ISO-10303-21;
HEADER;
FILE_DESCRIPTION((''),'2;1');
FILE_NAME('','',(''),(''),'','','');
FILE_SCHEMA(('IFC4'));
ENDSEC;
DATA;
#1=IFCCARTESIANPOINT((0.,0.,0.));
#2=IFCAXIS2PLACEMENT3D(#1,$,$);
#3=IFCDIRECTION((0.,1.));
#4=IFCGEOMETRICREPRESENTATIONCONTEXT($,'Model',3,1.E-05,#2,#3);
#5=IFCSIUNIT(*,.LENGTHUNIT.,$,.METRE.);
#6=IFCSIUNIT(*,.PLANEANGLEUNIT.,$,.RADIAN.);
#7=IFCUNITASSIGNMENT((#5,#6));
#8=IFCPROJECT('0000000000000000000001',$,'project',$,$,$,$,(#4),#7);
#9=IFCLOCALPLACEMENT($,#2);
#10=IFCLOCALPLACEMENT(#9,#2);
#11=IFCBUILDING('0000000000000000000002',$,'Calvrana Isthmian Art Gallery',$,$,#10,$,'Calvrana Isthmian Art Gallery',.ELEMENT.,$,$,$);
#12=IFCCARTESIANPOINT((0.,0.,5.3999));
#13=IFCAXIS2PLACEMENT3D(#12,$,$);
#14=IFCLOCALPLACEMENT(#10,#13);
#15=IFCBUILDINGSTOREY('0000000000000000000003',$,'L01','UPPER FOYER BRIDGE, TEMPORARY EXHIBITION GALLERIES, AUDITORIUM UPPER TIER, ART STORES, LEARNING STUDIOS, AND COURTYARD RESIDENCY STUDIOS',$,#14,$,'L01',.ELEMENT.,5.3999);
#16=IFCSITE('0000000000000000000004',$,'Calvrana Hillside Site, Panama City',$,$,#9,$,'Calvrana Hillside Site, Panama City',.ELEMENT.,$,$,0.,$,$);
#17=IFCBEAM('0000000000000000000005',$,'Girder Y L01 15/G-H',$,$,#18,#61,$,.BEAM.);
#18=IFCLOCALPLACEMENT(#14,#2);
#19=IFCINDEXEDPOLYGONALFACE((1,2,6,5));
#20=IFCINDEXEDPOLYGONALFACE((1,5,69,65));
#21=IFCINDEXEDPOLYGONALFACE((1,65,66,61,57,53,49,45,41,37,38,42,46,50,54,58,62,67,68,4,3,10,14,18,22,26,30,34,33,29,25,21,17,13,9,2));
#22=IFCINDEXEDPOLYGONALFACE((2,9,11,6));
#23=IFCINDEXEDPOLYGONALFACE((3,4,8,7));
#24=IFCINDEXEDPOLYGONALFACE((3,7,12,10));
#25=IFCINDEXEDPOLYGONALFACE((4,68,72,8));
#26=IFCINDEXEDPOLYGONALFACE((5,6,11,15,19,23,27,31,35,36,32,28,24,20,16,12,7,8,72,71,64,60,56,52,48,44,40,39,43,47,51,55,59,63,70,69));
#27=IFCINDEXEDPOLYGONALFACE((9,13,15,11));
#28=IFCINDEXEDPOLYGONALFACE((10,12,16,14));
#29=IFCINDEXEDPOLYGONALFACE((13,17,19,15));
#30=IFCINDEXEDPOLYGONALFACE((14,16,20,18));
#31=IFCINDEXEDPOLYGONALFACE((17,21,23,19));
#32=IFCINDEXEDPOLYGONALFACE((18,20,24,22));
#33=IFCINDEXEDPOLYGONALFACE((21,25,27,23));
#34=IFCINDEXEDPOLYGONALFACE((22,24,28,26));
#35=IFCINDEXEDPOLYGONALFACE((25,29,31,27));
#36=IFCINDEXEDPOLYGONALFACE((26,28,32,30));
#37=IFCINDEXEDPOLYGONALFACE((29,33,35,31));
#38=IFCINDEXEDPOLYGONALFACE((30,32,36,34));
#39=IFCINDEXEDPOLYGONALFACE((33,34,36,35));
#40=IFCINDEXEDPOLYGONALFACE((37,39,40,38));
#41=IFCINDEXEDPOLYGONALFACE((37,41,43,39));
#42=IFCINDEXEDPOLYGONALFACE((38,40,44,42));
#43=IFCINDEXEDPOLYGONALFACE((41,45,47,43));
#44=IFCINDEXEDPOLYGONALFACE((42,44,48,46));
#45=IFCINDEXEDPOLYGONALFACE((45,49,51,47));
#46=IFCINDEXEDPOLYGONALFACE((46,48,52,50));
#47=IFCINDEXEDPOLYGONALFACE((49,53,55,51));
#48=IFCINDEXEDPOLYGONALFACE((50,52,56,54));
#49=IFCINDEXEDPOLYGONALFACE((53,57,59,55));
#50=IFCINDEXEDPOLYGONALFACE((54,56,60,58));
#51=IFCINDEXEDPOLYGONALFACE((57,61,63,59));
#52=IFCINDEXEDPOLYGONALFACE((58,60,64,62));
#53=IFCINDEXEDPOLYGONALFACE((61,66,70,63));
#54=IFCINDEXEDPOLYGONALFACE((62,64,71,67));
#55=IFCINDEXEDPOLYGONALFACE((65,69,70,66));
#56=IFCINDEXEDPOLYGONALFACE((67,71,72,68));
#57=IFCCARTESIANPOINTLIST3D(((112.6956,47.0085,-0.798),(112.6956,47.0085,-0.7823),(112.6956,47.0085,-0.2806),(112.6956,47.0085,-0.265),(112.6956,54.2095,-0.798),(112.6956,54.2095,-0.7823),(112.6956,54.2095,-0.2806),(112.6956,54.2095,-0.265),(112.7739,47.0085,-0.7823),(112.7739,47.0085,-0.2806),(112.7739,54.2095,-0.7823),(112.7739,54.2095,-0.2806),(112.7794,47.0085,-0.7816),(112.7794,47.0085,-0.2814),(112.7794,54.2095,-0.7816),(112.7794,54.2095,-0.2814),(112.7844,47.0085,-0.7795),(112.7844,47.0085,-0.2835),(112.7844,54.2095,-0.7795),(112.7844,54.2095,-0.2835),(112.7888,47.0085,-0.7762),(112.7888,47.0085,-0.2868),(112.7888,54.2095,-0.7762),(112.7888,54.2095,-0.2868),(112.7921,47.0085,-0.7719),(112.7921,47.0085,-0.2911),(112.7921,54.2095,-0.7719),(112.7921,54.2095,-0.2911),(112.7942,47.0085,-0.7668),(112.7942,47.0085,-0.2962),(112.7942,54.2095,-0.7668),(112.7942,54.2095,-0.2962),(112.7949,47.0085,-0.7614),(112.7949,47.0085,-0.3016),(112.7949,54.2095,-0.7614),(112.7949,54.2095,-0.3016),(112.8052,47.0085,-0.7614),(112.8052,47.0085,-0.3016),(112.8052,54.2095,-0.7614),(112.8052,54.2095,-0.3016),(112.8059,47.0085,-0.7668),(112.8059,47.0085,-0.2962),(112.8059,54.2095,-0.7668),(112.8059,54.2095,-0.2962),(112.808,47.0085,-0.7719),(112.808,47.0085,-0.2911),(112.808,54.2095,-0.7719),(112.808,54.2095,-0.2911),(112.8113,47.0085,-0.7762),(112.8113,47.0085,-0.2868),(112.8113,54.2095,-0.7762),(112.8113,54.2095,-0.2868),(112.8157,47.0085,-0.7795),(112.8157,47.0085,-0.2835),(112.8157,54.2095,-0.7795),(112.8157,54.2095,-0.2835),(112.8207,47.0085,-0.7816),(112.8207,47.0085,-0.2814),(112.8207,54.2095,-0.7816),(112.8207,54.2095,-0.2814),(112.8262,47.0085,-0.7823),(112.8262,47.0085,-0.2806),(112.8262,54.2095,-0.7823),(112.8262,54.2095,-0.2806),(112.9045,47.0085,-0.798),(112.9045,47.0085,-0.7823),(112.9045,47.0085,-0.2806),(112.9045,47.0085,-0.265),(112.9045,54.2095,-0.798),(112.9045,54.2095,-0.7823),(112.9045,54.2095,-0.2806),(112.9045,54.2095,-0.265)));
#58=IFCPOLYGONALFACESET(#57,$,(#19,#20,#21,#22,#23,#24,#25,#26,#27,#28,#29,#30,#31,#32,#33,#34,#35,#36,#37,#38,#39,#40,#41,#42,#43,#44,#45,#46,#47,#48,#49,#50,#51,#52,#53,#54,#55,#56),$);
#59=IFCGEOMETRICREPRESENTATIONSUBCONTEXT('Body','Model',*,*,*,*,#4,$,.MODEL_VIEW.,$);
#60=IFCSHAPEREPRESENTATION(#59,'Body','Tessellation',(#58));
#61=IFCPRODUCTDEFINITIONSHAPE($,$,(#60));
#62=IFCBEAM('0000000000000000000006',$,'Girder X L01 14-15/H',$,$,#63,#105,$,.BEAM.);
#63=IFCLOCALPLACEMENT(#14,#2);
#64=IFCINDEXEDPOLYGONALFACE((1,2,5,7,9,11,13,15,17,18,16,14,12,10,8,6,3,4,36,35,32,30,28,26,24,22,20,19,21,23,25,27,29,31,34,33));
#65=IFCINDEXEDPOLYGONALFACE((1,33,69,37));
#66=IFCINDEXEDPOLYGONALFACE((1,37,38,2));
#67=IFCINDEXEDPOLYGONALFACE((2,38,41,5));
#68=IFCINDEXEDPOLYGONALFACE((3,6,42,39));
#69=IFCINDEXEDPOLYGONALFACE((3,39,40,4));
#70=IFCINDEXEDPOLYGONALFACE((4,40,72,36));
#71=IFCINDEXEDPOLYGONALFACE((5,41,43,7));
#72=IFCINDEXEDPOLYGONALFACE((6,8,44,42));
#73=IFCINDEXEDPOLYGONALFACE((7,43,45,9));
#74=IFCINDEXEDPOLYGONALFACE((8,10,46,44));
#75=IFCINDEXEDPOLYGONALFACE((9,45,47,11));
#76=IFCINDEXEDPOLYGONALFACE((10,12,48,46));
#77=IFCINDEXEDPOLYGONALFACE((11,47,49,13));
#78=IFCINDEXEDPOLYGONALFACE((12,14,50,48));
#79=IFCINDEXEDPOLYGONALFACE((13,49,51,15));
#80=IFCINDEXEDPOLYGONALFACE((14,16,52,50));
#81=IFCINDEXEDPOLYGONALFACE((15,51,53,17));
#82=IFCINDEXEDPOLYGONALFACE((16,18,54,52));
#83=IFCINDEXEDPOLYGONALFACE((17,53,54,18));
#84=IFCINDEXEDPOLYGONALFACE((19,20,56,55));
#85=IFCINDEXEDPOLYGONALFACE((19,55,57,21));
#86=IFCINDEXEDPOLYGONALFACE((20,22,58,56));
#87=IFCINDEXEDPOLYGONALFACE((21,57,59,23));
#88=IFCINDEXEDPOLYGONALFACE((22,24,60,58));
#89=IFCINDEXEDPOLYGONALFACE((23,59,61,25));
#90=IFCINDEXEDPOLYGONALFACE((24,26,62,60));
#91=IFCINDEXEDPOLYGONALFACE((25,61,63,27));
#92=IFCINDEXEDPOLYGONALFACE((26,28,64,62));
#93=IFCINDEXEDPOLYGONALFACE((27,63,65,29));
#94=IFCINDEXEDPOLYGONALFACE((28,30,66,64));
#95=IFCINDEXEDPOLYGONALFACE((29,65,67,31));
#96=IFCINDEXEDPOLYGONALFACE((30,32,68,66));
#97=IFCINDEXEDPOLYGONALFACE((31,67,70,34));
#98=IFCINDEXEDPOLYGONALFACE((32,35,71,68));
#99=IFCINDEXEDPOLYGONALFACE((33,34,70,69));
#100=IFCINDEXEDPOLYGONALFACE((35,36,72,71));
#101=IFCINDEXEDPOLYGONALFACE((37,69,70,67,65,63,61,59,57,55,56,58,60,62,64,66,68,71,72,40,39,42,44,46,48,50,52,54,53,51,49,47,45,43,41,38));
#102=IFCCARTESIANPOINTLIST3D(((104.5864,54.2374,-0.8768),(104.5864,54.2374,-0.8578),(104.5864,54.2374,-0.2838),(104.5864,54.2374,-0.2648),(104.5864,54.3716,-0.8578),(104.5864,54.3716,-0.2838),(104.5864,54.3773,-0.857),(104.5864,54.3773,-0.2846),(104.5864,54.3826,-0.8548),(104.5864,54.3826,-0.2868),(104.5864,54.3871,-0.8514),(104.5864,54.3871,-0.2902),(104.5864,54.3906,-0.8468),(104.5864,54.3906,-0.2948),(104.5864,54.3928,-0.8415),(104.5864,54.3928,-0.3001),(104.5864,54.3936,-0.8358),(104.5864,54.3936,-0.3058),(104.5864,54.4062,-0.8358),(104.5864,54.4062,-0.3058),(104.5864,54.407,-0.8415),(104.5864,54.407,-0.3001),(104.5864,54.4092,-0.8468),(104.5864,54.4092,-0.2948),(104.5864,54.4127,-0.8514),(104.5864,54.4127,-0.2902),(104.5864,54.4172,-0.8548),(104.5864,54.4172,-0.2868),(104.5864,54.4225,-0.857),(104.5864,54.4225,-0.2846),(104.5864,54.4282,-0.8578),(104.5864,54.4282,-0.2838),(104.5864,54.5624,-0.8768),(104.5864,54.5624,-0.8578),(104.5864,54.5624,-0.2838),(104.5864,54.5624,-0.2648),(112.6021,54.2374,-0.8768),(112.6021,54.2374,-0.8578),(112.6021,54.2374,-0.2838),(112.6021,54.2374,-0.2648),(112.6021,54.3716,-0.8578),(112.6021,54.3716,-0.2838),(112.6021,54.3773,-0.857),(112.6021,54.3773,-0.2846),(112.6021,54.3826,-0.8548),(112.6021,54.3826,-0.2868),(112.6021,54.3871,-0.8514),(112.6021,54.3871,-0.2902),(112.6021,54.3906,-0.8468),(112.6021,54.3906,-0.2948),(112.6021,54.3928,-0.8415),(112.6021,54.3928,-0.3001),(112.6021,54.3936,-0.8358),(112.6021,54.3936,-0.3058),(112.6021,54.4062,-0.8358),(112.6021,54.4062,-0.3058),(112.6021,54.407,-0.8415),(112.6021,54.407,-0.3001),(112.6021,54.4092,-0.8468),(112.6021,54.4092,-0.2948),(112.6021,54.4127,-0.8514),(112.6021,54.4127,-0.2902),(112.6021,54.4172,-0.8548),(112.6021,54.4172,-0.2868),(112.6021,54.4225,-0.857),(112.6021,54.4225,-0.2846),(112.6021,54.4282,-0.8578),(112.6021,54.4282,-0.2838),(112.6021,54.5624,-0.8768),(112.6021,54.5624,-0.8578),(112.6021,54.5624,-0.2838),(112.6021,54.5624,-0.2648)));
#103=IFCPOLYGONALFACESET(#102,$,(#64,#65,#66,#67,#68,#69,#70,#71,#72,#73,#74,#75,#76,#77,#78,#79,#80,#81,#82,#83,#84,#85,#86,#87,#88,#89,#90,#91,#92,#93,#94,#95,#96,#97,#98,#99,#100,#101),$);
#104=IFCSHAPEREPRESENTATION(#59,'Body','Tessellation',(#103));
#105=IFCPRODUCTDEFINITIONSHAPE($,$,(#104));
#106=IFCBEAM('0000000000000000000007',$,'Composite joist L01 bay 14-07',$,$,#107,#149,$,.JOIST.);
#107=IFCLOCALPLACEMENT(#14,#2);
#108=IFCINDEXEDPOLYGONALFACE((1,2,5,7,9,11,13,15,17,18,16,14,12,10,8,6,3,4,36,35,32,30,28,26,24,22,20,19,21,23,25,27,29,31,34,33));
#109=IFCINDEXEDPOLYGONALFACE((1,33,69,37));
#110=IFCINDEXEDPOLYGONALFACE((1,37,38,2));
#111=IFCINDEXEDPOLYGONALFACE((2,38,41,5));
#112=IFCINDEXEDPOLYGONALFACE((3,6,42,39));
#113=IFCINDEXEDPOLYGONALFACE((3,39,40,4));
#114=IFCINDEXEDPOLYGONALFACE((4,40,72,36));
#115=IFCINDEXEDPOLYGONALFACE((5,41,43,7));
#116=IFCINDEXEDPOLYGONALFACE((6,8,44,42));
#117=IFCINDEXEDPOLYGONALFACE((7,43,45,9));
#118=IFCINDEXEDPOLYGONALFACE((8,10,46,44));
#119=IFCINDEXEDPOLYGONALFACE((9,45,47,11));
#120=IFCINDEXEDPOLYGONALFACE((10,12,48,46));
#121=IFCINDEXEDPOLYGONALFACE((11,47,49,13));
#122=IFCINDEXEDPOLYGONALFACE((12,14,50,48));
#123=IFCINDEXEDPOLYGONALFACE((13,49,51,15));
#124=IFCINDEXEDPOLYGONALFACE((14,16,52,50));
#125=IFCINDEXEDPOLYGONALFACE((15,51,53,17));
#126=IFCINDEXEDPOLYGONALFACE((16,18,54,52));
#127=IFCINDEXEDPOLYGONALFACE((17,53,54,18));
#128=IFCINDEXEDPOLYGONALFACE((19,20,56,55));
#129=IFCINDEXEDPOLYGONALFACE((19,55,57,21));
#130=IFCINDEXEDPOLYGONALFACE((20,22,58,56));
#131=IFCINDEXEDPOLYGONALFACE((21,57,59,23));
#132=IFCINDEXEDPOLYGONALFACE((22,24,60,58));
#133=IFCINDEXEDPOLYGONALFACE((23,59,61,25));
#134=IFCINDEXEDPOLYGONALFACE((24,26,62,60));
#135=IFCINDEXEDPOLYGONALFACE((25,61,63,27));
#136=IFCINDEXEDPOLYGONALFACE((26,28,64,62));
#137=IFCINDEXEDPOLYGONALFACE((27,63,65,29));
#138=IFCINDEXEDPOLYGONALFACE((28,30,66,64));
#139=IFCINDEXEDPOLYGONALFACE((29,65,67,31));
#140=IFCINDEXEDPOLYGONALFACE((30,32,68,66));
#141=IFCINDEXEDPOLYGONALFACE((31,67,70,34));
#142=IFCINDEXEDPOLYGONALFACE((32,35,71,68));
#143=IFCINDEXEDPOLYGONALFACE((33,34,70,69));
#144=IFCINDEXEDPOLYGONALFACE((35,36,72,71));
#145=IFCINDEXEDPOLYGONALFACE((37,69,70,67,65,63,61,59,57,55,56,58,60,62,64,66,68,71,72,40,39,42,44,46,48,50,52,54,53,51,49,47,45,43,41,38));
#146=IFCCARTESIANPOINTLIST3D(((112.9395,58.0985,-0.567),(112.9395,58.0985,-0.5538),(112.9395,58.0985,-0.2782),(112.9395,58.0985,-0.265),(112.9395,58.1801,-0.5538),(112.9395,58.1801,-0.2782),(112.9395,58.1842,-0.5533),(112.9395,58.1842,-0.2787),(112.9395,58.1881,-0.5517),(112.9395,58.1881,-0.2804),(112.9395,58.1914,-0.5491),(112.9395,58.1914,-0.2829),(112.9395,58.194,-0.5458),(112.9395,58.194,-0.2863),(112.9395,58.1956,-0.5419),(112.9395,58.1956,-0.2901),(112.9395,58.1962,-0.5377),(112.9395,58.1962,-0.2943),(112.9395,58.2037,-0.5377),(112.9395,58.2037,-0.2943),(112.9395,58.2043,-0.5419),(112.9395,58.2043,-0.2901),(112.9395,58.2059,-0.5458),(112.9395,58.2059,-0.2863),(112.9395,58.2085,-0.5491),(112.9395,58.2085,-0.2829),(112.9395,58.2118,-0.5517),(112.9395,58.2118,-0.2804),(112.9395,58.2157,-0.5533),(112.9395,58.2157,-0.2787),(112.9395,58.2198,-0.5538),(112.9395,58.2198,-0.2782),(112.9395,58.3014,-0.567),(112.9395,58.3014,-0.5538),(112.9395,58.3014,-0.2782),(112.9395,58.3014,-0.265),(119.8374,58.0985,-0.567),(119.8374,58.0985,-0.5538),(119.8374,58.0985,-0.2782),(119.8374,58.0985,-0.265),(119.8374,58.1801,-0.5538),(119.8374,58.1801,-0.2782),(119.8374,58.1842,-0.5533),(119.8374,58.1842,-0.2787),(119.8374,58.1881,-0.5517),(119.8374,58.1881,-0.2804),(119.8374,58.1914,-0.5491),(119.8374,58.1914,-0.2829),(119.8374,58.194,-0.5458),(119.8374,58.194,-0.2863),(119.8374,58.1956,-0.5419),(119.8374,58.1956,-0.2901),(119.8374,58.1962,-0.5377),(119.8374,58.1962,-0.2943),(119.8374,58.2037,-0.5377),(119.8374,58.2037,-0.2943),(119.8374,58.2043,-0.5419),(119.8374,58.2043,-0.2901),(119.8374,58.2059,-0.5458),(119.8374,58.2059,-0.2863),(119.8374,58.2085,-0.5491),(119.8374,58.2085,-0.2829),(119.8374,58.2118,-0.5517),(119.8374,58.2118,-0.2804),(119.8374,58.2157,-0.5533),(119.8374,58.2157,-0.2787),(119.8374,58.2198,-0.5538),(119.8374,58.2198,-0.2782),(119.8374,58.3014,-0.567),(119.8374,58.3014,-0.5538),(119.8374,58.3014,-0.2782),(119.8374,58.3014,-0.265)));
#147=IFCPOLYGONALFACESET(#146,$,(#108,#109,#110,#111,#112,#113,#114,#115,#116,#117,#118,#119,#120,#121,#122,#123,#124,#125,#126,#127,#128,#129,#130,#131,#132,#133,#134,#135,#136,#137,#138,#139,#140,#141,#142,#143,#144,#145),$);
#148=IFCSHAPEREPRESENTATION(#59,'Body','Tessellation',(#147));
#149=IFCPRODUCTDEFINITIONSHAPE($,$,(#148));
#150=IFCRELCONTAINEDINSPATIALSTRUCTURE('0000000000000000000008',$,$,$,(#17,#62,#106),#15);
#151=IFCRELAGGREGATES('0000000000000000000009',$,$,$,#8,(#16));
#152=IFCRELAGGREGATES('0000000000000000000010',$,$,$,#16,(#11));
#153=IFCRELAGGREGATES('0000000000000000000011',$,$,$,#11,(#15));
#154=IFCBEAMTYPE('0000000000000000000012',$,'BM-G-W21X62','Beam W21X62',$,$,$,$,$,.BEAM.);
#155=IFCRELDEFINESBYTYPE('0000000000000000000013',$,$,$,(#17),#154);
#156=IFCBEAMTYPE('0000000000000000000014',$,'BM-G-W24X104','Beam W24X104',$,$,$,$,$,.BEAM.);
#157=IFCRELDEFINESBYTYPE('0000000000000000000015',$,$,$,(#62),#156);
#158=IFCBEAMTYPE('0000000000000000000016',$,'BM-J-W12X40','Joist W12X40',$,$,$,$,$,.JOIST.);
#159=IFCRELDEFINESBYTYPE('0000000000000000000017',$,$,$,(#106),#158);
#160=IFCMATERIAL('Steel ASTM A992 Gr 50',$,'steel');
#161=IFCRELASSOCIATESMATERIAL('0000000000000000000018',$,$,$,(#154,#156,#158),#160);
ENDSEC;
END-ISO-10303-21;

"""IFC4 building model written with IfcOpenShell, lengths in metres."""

from ifc_helpers import new_model, si_unit, direction, frame, origin, origin_2d, place, context, subcontext, project, spatial, i_section, extrude, material, material_profile, profile_set, type_object, element, save


model = new_model("IFC4")

# Units and contexts
model_context = context("Model", 3, precision=1e-05, world=origin(), true_north=direction((0.0, 1.0)))
body_context = subcontext(model_context, "Body", "Model", "MODEL_VIEW")
ifc_project = project(units=[si_unit("LENGTHUNIT", "METRE"), si_unit("PLANEANGLEUNIT", "RADIAN")], contexts=[model_context])

# Site, building, storey
site_placement = place(None, origin())
site = spatial("IfcSite", under=ifc_project, at=site_placement, Name="Calvrana Hillside Site, Panama City", LongName="Calvrana Hillside Site, Panama City", CompositionType="ELEMENT", RefElevation=0.0)
building_placement = place(site_placement, origin())
building = spatial("IfcBuilding", under=site, at=building_placement, Name="Calvrana Isthmian Art Gallery", LongName="Calvrana Isthmian Art Gallery", CompositionType="ELEMENT")
storey_placement = place(building_placement, frame((0.0, 0.0, 5.3999)))
storey = spatial("IfcBuildingStorey", under=building, at=storey_placement, Name="L01", Description="UPPER FOYER BRIDGE, TEMPORARY EXHIBITION GALLERIES, AUDITORIUM UPPER TIER, ART STORES, LEARNING STUDIOS, AND COURTYARD RESIDENCY STUDIOS", LongName="L01", CompositionType="ELEMENT", Elevation=5.3999)

# Shared definitions
ifc_material_1 = material(Name="Steel ASTM A992 Gr 50", Category="steel")

# Beams
ifc_material_profile_1 = material_profile(ifc_material_1, i_section(OverallWidth=0.209, OverallDepth=0.533, WebThickness=0.0103, FlangeThickness=0.0156, FilletRadius=0.021, at=origin_2d()), Name="W21X62")
ifc_profile_set_1 = profile_set([ifc_material_profile_1], Name="Steel ASTM A992 Gr 50")
beam_type_1 = type_object("IfcBeamType", Name="BM-G-W21X62", Description="Beam W21X62", PredefinedType="BEAM", material=ifc_profile_set_1)
beam_1_placement = place(storey_placement, frame((112.8, 47.0085, -0.5315), z_axis=(0.0, 1.0, 0.0), x_axis=(-1.0, 0.0, 0.0)))
element("IfcBeam", 1, at=beam_1_placement, inside=storey, type_object=beam_type_1, Name="Girder Y L01 15/G-H", PredefinedType="BEAM", context=body_context, shape_type="SweptSolid", body=[
    extrude(i_section(OverallWidth=0.209, OverallDepth=0.533, WebThickness=0.0103, FlangeThickness=0.0156, FilletRadius=0.021, at=origin_2d()), origin(), (0.0, 0.0, 1.0), 7.2009),
])
ifc_material_profile_2 = material_profile(ifc_material_1, i_section(OverallWidth=0.325, OverallDepth=0.6121, WebThickness=0.0127, FlangeThickness=0.019, FilletRadius=0.022, at=origin_2d()), Name="W24X104")
ifc_profile_set_2 = profile_set([ifc_material_profile_2], Name="Steel ASTM A992 Gr 50")
beam_type_2 = type_object("IfcBeamType", Name="BM-G-W24X104", Description="Beam W24X104", PredefinedType="BEAM", material=ifc_profile_set_2)
beam_2_placement = place(storey_placement, frame((104.5864, 54.3999, -0.5708), z_axis=(1.0, 0.0, 0.0), x_axis=(0.0, 1.0, 0.0)))
element("IfcBeam", 2, at=beam_2_placement, inside=storey, type_object=beam_type_2, Name="Girder X L01 14-15/H", PredefinedType="BEAM", context=body_context, shape_type="SweptSolid", body=[
    extrude(i_section(OverallWidth=0.325, OverallDepth=0.6121, WebThickness=0.0127, FlangeThickness=0.019, FilletRadius=0.022, at=origin_2d()), origin(), (0.0, 0.0, 1.0), 8.0156),
])
ifc_material_profile_3 = material_profile(ifc_material_1, i_section(OverallWidth=0.2029, OverallDepth=0.302, WebThickness=0.0076, FlangeThickness=0.0132, FilletRadius=0.0161, at=origin_2d()), Name="W12X40")
ifc_profile_set_3 = profile_set([ifc_material_profile_3], Name="Steel ASTM A992 Gr 50")
beam_type_3 = type_object("IfcBeamType", Name="BM-J-W12X40", Description="Joist W12X40", PredefinedType="JOIST", material=ifc_profile_set_3)
beam_3_placement = place(storey_placement, frame((112.9395, 58.2, -0.416), z_axis=(1.0, 0.0, 0.0), x_axis=(0.0, 1.0, 0.0)))
element("IfcBeam", 3, at=beam_3_placement, inside=storey, type_object=beam_type_3, Name="Composite joist L01 bay 14-07", PredefinedType="JOIST", context=body_context, shape_type="SweptSolid", body=[
    extrude(i_section(OverallWidth=0.2029, OverallDepth=0.302, WebThickness=0.0076, FlangeThickness=0.0132, FilletRadius=0.0161, at=origin_2d()), origin(), (0.0, 0.0, 1.0), 6.8979),
])

save(model, "model.ifc")
